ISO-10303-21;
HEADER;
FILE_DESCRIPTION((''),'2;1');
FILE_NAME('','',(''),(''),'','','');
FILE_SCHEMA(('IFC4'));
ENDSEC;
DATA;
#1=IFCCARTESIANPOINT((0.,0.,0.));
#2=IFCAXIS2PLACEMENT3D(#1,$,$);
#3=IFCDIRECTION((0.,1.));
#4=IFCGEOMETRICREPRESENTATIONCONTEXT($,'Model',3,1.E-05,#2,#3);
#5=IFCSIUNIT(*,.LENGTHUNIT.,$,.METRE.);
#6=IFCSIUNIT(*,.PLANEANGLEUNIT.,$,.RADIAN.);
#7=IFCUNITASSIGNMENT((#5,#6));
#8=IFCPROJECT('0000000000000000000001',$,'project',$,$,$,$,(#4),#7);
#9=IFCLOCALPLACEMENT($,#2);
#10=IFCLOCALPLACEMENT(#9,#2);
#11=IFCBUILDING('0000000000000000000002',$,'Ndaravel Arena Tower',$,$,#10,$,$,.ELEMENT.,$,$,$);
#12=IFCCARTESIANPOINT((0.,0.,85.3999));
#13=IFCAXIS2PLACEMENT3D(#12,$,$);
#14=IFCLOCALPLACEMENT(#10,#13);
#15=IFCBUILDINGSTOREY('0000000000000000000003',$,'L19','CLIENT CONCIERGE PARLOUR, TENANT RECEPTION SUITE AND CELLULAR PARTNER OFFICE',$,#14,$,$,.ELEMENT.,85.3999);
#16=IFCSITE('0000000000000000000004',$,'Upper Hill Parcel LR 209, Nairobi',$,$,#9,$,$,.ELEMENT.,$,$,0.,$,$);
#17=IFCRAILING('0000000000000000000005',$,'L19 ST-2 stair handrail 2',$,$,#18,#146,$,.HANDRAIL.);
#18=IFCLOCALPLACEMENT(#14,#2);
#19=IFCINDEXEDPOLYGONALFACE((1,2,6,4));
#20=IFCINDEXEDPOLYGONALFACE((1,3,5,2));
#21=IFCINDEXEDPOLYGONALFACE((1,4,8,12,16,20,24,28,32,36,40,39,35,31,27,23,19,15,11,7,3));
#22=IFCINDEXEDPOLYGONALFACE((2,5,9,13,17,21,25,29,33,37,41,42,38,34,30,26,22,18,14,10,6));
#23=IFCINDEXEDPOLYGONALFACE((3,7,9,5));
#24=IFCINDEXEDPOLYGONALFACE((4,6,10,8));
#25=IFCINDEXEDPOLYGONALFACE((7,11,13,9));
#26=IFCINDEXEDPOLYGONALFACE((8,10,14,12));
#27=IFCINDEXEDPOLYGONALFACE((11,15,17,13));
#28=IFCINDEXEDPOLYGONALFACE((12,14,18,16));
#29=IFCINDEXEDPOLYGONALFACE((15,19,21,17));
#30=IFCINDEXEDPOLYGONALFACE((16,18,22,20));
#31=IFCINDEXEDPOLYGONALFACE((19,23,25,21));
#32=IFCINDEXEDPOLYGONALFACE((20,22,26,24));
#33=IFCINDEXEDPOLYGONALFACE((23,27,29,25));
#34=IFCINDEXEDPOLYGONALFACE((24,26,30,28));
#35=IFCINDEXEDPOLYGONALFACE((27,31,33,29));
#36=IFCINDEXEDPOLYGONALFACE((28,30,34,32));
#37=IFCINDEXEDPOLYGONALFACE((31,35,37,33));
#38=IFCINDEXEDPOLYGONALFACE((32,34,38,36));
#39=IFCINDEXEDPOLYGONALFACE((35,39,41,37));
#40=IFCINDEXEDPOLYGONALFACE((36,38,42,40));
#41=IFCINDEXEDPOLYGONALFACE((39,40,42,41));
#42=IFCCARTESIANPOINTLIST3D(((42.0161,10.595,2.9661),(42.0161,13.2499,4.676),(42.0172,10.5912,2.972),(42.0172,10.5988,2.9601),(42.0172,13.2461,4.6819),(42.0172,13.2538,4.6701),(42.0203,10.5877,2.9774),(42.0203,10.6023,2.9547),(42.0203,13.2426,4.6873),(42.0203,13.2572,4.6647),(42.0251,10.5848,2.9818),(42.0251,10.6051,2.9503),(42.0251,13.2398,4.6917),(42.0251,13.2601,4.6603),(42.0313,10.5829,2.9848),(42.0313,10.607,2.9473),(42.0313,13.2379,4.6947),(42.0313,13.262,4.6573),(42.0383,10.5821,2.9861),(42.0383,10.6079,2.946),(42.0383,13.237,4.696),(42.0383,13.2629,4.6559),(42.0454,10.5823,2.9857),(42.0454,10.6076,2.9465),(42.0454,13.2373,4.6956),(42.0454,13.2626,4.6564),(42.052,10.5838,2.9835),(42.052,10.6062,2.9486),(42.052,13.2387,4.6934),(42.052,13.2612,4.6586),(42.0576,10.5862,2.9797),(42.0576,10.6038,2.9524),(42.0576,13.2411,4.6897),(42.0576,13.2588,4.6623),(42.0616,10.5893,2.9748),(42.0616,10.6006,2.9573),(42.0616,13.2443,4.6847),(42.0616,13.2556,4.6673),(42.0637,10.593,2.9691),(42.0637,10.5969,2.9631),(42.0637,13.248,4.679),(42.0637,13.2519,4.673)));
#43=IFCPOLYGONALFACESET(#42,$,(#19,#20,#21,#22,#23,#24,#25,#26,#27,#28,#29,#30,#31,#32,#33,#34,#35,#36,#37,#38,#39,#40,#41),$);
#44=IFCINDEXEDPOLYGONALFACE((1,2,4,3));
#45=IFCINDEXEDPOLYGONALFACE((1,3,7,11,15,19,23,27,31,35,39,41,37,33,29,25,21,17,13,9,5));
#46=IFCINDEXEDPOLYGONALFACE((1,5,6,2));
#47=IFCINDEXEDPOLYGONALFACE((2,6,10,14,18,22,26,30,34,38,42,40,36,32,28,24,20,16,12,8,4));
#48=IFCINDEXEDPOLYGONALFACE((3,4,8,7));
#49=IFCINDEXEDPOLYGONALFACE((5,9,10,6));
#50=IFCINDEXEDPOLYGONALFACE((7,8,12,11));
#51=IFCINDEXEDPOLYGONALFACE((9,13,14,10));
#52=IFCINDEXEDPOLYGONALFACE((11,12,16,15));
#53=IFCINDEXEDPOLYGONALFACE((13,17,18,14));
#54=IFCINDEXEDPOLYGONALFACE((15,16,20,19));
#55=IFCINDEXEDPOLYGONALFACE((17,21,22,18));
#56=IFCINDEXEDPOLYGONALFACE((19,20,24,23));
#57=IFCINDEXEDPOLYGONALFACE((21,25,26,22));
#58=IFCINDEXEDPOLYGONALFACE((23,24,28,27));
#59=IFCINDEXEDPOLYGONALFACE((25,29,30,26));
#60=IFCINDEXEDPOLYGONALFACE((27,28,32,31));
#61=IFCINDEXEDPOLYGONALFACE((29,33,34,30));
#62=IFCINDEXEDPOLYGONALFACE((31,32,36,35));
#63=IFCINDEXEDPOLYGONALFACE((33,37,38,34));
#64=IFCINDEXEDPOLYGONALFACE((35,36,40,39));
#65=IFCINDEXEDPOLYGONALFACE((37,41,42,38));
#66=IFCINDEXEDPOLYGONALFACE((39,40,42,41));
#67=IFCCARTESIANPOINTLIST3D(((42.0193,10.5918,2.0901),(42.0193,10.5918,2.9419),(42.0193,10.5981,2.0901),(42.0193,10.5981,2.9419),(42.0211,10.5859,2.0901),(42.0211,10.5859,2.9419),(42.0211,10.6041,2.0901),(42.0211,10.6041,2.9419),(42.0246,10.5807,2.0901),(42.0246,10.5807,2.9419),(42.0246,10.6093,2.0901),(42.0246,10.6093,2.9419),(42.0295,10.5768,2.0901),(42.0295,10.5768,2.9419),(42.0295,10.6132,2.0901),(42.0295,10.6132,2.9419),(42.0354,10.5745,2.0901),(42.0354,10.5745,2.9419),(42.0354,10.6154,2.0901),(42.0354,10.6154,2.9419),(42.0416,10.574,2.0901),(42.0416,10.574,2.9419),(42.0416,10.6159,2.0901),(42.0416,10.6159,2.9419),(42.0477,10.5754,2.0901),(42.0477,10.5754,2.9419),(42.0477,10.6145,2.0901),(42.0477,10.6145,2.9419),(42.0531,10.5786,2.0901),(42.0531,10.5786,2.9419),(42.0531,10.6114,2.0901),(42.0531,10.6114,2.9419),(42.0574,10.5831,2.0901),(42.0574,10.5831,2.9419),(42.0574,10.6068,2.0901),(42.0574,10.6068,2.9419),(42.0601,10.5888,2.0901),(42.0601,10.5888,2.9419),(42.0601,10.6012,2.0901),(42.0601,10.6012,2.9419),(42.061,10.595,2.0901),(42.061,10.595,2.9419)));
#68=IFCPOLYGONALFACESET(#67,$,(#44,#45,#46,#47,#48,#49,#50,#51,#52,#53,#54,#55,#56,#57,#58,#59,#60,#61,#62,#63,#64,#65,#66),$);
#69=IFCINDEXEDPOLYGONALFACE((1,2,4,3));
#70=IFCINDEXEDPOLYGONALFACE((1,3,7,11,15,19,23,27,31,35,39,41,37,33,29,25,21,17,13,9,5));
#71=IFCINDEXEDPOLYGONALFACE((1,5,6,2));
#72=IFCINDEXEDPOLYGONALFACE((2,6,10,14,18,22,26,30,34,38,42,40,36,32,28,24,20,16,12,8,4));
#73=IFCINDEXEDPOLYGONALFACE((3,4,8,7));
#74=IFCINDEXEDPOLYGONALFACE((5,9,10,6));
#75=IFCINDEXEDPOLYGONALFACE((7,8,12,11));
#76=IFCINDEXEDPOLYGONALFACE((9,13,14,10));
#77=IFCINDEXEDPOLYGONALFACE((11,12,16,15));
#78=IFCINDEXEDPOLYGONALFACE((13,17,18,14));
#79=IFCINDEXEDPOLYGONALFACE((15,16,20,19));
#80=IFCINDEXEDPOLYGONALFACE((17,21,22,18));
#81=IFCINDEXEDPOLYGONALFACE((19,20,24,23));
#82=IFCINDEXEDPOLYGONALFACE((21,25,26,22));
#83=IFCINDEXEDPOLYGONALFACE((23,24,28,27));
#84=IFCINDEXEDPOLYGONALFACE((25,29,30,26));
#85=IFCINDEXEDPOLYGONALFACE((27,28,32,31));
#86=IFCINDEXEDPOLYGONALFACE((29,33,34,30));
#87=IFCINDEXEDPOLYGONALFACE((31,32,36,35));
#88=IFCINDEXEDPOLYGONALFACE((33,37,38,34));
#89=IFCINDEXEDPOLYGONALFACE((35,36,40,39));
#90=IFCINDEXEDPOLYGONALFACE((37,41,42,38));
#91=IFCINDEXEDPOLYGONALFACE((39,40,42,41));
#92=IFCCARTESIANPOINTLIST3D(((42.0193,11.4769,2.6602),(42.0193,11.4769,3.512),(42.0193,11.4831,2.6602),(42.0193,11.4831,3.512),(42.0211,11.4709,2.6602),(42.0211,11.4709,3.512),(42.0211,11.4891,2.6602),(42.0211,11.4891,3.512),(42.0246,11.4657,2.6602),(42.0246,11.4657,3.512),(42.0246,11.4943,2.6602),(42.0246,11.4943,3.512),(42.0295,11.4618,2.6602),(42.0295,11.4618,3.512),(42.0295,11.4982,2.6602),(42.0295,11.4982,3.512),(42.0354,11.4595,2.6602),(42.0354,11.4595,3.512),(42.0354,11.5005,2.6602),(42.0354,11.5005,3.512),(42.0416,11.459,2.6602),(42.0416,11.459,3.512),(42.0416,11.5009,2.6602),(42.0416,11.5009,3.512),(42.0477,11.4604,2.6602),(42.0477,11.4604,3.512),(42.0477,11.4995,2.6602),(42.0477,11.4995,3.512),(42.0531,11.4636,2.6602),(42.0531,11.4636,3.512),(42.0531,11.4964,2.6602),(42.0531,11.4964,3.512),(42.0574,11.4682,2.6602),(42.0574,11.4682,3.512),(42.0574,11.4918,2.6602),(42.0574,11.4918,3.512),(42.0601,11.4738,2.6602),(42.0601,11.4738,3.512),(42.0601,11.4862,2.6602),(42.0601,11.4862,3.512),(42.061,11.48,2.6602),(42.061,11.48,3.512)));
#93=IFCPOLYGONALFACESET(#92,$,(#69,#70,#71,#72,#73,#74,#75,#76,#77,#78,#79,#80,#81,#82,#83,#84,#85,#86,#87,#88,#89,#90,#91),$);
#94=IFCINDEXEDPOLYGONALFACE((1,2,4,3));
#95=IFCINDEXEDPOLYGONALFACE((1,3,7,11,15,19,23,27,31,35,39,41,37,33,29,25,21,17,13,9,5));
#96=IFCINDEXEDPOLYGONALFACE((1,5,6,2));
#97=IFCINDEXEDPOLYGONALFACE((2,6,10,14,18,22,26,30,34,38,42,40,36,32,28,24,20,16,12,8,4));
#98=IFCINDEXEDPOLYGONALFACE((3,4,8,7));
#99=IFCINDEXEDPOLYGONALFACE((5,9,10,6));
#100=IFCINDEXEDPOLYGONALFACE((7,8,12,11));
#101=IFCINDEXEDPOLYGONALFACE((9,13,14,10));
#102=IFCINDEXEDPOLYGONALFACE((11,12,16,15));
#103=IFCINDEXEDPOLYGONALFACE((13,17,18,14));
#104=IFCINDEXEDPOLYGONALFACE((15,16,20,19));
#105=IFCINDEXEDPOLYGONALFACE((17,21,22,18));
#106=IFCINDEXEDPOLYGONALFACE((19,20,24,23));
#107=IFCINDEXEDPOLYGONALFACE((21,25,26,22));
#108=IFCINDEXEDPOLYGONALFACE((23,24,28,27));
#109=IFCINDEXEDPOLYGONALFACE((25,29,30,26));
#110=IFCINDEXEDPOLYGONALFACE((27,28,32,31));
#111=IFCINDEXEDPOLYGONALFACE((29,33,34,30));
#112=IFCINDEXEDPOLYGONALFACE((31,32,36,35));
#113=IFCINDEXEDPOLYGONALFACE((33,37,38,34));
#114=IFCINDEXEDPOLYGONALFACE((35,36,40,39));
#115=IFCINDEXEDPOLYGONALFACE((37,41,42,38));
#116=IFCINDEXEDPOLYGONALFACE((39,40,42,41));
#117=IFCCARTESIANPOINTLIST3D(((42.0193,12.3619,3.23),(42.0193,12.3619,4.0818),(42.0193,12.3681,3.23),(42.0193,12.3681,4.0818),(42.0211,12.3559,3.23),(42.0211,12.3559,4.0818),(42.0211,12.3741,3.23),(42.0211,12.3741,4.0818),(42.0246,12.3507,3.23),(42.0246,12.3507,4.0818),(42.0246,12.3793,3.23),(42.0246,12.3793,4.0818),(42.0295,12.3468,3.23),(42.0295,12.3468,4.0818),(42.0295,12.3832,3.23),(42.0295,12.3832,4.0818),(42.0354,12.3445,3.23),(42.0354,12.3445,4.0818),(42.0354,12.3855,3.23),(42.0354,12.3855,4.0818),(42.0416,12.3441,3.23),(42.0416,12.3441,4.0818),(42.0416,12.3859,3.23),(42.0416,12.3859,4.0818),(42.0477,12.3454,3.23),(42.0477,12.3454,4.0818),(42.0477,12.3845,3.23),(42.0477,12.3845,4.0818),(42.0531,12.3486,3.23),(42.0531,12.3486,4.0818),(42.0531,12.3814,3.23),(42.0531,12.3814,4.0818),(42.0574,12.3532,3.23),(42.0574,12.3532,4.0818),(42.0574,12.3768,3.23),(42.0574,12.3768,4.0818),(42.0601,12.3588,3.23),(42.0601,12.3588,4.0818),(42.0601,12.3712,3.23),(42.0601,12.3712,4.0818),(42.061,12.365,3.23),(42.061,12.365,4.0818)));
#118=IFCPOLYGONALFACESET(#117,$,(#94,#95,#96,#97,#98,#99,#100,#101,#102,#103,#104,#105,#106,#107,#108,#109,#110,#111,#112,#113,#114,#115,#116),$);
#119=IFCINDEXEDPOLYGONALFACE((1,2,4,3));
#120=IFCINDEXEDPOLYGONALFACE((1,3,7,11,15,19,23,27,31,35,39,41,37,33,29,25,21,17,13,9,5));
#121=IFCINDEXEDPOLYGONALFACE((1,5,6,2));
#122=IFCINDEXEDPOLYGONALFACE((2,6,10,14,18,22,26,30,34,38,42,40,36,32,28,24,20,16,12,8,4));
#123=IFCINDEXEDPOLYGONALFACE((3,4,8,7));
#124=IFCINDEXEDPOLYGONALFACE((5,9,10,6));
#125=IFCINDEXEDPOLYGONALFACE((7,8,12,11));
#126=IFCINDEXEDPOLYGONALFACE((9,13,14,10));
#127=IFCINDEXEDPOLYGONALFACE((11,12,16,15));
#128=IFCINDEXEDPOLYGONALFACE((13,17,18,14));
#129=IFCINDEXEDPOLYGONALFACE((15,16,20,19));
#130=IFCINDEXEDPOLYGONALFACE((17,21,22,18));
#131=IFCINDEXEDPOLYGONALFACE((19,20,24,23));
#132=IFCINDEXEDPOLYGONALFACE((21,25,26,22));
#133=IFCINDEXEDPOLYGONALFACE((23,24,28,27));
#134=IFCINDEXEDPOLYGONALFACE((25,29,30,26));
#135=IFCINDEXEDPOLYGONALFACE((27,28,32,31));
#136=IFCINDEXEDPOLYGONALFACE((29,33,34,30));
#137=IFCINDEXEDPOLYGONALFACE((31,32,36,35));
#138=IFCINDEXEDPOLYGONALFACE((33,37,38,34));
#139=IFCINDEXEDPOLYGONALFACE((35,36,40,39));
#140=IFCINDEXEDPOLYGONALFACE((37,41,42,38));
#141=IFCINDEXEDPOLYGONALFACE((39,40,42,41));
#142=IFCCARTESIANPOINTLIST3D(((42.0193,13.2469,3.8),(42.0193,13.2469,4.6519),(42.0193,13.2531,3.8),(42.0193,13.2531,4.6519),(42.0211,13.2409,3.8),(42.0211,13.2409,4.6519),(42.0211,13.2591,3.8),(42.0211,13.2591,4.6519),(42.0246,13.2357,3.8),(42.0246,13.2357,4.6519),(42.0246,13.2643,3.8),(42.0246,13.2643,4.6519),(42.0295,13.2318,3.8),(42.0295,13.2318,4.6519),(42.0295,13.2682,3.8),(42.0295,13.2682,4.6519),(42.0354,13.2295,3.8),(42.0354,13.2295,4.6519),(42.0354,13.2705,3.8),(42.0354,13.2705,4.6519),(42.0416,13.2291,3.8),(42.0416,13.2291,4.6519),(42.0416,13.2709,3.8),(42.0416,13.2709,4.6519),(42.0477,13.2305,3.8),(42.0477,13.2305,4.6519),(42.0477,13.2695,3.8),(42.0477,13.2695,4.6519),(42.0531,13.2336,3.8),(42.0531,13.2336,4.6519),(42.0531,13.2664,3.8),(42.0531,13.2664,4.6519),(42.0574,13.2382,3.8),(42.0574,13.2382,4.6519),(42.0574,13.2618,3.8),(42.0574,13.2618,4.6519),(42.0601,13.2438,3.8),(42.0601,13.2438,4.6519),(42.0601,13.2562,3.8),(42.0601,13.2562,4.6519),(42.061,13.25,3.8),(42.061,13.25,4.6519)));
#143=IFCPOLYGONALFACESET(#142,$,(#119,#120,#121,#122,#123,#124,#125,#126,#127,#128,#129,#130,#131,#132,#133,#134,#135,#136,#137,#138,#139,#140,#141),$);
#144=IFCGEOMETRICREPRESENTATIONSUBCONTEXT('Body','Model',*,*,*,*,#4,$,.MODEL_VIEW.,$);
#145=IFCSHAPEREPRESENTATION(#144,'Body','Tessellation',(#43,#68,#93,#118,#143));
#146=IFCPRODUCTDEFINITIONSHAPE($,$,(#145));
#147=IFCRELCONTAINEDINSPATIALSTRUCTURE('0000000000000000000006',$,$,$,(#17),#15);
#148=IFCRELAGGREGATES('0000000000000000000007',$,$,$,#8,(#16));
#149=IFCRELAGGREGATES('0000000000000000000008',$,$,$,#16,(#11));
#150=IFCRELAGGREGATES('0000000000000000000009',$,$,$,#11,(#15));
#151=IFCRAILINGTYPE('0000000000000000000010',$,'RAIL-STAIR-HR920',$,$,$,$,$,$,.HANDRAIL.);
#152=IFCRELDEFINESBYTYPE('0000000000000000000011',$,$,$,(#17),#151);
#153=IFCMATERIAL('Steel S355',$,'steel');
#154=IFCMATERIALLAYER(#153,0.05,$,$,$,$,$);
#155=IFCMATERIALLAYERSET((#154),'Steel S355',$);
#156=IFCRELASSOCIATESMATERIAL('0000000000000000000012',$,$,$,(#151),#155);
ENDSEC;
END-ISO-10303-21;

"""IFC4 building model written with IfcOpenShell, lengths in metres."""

from ifc_helpers import new_model, si_unit, direction, frame, origin, origin_2d, place, context, subcontext, project, spatial, circle, extrude, material, layer, layer_set, type_object, element, save


model = new_model("IFC4")

# Units and contexts
model_context = context("Model", 3, precision=1e-05, world=origin(), true_north=direction((0.0, 1.0)))
body_context = subcontext(model_context, "Body", "Model", "MODEL_VIEW")
ifc_project = project(units=[si_unit("LENGTHUNIT", "METRE"), si_unit("PLANEANGLEUNIT", "RADIAN")], contexts=[model_context])

# Site, building, storey
site_placement = place(None, origin())
site = spatial("IfcSite", under=ifc_project, at=site_placement, Name="Upper Hill Parcel LR 209, Nairobi", CompositionType="ELEMENT", RefElevation=0.0)
building_placement = place(site_placement, origin())
building = spatial("IfcBuilding", under=site, at=building_placement, Name="Ndaravel Arena Tower", CompositionType="ELEMENT")
storey_placement = place(building_placement, frame((0.0, 0.0, 85.3999)))
storey = spatial("IfcBuildingStorey", under=building, at=storey_placement, Name="L19", Description="CLIENT CONCIERGE PARLOUR, TENANT RECEPTION SUITE AND CELLULAR PARTNER OFFICE", CompositionType="ELEMENT", Elevation=85.3999)

# Railing
ifc_material_1 = material(Name="Steel S355", Category="steel")
ifc_layer_1 = layer(ifc_material_1, 0.05)
ifc_layer_set_1 = layer_set([ifc_layer_1], Name="Steel S355")
railing_type_1 = type_object("IfcRailingType", Name="RAIL-STAIR-HR920", PredefinedType="HANDRAIL", material=ifc_layer_set_1)
railing_1_placement = place(storey_placement, frame((42.04, 10.595, 2.0901)))
element("IfcRailing", 1, at=railing_1_placement, inside=storey, type_object=railing_type_1, Name="L19 ST-2 stair handrail 2", PredefinedType="HANDRAIL", context=body_context, shape_type="SweptSolid", body=[
    extrude(circle(Radius=0.0239, at=origin_2d()), frame((0.0, 0.0, 0.876), z_axis=(0.0, 0.840724, 0.541465), x_axis=(-1.0, 0.0, 0.0)), (0.0, 0.0, 1.0), 3.158),
    extrude(circle(Radius=0.021, at=origin_2d()), origin(), (0.0, 0.0, 1.0), 0.8518),
    extrude(circle(Radius=0.021, at=origin_2d()), frame((0.0, 0.885, 0.5701)), (0.0, 0.0, 1.0), 0.8518),
    extrude(circle(Radius=0.021, at=origin_2d()), frame((0.0, 1.77, 1.1399)), (0.0, 0.0, 1.0), 0.8518),
    extrude(circle(Radius=0.021, at=origin_2d()), frame((0.0, 2.655, 1.71)), (0.0, 0.0, 1.0), 0.8518),
])

save(model, "model.ifc")
